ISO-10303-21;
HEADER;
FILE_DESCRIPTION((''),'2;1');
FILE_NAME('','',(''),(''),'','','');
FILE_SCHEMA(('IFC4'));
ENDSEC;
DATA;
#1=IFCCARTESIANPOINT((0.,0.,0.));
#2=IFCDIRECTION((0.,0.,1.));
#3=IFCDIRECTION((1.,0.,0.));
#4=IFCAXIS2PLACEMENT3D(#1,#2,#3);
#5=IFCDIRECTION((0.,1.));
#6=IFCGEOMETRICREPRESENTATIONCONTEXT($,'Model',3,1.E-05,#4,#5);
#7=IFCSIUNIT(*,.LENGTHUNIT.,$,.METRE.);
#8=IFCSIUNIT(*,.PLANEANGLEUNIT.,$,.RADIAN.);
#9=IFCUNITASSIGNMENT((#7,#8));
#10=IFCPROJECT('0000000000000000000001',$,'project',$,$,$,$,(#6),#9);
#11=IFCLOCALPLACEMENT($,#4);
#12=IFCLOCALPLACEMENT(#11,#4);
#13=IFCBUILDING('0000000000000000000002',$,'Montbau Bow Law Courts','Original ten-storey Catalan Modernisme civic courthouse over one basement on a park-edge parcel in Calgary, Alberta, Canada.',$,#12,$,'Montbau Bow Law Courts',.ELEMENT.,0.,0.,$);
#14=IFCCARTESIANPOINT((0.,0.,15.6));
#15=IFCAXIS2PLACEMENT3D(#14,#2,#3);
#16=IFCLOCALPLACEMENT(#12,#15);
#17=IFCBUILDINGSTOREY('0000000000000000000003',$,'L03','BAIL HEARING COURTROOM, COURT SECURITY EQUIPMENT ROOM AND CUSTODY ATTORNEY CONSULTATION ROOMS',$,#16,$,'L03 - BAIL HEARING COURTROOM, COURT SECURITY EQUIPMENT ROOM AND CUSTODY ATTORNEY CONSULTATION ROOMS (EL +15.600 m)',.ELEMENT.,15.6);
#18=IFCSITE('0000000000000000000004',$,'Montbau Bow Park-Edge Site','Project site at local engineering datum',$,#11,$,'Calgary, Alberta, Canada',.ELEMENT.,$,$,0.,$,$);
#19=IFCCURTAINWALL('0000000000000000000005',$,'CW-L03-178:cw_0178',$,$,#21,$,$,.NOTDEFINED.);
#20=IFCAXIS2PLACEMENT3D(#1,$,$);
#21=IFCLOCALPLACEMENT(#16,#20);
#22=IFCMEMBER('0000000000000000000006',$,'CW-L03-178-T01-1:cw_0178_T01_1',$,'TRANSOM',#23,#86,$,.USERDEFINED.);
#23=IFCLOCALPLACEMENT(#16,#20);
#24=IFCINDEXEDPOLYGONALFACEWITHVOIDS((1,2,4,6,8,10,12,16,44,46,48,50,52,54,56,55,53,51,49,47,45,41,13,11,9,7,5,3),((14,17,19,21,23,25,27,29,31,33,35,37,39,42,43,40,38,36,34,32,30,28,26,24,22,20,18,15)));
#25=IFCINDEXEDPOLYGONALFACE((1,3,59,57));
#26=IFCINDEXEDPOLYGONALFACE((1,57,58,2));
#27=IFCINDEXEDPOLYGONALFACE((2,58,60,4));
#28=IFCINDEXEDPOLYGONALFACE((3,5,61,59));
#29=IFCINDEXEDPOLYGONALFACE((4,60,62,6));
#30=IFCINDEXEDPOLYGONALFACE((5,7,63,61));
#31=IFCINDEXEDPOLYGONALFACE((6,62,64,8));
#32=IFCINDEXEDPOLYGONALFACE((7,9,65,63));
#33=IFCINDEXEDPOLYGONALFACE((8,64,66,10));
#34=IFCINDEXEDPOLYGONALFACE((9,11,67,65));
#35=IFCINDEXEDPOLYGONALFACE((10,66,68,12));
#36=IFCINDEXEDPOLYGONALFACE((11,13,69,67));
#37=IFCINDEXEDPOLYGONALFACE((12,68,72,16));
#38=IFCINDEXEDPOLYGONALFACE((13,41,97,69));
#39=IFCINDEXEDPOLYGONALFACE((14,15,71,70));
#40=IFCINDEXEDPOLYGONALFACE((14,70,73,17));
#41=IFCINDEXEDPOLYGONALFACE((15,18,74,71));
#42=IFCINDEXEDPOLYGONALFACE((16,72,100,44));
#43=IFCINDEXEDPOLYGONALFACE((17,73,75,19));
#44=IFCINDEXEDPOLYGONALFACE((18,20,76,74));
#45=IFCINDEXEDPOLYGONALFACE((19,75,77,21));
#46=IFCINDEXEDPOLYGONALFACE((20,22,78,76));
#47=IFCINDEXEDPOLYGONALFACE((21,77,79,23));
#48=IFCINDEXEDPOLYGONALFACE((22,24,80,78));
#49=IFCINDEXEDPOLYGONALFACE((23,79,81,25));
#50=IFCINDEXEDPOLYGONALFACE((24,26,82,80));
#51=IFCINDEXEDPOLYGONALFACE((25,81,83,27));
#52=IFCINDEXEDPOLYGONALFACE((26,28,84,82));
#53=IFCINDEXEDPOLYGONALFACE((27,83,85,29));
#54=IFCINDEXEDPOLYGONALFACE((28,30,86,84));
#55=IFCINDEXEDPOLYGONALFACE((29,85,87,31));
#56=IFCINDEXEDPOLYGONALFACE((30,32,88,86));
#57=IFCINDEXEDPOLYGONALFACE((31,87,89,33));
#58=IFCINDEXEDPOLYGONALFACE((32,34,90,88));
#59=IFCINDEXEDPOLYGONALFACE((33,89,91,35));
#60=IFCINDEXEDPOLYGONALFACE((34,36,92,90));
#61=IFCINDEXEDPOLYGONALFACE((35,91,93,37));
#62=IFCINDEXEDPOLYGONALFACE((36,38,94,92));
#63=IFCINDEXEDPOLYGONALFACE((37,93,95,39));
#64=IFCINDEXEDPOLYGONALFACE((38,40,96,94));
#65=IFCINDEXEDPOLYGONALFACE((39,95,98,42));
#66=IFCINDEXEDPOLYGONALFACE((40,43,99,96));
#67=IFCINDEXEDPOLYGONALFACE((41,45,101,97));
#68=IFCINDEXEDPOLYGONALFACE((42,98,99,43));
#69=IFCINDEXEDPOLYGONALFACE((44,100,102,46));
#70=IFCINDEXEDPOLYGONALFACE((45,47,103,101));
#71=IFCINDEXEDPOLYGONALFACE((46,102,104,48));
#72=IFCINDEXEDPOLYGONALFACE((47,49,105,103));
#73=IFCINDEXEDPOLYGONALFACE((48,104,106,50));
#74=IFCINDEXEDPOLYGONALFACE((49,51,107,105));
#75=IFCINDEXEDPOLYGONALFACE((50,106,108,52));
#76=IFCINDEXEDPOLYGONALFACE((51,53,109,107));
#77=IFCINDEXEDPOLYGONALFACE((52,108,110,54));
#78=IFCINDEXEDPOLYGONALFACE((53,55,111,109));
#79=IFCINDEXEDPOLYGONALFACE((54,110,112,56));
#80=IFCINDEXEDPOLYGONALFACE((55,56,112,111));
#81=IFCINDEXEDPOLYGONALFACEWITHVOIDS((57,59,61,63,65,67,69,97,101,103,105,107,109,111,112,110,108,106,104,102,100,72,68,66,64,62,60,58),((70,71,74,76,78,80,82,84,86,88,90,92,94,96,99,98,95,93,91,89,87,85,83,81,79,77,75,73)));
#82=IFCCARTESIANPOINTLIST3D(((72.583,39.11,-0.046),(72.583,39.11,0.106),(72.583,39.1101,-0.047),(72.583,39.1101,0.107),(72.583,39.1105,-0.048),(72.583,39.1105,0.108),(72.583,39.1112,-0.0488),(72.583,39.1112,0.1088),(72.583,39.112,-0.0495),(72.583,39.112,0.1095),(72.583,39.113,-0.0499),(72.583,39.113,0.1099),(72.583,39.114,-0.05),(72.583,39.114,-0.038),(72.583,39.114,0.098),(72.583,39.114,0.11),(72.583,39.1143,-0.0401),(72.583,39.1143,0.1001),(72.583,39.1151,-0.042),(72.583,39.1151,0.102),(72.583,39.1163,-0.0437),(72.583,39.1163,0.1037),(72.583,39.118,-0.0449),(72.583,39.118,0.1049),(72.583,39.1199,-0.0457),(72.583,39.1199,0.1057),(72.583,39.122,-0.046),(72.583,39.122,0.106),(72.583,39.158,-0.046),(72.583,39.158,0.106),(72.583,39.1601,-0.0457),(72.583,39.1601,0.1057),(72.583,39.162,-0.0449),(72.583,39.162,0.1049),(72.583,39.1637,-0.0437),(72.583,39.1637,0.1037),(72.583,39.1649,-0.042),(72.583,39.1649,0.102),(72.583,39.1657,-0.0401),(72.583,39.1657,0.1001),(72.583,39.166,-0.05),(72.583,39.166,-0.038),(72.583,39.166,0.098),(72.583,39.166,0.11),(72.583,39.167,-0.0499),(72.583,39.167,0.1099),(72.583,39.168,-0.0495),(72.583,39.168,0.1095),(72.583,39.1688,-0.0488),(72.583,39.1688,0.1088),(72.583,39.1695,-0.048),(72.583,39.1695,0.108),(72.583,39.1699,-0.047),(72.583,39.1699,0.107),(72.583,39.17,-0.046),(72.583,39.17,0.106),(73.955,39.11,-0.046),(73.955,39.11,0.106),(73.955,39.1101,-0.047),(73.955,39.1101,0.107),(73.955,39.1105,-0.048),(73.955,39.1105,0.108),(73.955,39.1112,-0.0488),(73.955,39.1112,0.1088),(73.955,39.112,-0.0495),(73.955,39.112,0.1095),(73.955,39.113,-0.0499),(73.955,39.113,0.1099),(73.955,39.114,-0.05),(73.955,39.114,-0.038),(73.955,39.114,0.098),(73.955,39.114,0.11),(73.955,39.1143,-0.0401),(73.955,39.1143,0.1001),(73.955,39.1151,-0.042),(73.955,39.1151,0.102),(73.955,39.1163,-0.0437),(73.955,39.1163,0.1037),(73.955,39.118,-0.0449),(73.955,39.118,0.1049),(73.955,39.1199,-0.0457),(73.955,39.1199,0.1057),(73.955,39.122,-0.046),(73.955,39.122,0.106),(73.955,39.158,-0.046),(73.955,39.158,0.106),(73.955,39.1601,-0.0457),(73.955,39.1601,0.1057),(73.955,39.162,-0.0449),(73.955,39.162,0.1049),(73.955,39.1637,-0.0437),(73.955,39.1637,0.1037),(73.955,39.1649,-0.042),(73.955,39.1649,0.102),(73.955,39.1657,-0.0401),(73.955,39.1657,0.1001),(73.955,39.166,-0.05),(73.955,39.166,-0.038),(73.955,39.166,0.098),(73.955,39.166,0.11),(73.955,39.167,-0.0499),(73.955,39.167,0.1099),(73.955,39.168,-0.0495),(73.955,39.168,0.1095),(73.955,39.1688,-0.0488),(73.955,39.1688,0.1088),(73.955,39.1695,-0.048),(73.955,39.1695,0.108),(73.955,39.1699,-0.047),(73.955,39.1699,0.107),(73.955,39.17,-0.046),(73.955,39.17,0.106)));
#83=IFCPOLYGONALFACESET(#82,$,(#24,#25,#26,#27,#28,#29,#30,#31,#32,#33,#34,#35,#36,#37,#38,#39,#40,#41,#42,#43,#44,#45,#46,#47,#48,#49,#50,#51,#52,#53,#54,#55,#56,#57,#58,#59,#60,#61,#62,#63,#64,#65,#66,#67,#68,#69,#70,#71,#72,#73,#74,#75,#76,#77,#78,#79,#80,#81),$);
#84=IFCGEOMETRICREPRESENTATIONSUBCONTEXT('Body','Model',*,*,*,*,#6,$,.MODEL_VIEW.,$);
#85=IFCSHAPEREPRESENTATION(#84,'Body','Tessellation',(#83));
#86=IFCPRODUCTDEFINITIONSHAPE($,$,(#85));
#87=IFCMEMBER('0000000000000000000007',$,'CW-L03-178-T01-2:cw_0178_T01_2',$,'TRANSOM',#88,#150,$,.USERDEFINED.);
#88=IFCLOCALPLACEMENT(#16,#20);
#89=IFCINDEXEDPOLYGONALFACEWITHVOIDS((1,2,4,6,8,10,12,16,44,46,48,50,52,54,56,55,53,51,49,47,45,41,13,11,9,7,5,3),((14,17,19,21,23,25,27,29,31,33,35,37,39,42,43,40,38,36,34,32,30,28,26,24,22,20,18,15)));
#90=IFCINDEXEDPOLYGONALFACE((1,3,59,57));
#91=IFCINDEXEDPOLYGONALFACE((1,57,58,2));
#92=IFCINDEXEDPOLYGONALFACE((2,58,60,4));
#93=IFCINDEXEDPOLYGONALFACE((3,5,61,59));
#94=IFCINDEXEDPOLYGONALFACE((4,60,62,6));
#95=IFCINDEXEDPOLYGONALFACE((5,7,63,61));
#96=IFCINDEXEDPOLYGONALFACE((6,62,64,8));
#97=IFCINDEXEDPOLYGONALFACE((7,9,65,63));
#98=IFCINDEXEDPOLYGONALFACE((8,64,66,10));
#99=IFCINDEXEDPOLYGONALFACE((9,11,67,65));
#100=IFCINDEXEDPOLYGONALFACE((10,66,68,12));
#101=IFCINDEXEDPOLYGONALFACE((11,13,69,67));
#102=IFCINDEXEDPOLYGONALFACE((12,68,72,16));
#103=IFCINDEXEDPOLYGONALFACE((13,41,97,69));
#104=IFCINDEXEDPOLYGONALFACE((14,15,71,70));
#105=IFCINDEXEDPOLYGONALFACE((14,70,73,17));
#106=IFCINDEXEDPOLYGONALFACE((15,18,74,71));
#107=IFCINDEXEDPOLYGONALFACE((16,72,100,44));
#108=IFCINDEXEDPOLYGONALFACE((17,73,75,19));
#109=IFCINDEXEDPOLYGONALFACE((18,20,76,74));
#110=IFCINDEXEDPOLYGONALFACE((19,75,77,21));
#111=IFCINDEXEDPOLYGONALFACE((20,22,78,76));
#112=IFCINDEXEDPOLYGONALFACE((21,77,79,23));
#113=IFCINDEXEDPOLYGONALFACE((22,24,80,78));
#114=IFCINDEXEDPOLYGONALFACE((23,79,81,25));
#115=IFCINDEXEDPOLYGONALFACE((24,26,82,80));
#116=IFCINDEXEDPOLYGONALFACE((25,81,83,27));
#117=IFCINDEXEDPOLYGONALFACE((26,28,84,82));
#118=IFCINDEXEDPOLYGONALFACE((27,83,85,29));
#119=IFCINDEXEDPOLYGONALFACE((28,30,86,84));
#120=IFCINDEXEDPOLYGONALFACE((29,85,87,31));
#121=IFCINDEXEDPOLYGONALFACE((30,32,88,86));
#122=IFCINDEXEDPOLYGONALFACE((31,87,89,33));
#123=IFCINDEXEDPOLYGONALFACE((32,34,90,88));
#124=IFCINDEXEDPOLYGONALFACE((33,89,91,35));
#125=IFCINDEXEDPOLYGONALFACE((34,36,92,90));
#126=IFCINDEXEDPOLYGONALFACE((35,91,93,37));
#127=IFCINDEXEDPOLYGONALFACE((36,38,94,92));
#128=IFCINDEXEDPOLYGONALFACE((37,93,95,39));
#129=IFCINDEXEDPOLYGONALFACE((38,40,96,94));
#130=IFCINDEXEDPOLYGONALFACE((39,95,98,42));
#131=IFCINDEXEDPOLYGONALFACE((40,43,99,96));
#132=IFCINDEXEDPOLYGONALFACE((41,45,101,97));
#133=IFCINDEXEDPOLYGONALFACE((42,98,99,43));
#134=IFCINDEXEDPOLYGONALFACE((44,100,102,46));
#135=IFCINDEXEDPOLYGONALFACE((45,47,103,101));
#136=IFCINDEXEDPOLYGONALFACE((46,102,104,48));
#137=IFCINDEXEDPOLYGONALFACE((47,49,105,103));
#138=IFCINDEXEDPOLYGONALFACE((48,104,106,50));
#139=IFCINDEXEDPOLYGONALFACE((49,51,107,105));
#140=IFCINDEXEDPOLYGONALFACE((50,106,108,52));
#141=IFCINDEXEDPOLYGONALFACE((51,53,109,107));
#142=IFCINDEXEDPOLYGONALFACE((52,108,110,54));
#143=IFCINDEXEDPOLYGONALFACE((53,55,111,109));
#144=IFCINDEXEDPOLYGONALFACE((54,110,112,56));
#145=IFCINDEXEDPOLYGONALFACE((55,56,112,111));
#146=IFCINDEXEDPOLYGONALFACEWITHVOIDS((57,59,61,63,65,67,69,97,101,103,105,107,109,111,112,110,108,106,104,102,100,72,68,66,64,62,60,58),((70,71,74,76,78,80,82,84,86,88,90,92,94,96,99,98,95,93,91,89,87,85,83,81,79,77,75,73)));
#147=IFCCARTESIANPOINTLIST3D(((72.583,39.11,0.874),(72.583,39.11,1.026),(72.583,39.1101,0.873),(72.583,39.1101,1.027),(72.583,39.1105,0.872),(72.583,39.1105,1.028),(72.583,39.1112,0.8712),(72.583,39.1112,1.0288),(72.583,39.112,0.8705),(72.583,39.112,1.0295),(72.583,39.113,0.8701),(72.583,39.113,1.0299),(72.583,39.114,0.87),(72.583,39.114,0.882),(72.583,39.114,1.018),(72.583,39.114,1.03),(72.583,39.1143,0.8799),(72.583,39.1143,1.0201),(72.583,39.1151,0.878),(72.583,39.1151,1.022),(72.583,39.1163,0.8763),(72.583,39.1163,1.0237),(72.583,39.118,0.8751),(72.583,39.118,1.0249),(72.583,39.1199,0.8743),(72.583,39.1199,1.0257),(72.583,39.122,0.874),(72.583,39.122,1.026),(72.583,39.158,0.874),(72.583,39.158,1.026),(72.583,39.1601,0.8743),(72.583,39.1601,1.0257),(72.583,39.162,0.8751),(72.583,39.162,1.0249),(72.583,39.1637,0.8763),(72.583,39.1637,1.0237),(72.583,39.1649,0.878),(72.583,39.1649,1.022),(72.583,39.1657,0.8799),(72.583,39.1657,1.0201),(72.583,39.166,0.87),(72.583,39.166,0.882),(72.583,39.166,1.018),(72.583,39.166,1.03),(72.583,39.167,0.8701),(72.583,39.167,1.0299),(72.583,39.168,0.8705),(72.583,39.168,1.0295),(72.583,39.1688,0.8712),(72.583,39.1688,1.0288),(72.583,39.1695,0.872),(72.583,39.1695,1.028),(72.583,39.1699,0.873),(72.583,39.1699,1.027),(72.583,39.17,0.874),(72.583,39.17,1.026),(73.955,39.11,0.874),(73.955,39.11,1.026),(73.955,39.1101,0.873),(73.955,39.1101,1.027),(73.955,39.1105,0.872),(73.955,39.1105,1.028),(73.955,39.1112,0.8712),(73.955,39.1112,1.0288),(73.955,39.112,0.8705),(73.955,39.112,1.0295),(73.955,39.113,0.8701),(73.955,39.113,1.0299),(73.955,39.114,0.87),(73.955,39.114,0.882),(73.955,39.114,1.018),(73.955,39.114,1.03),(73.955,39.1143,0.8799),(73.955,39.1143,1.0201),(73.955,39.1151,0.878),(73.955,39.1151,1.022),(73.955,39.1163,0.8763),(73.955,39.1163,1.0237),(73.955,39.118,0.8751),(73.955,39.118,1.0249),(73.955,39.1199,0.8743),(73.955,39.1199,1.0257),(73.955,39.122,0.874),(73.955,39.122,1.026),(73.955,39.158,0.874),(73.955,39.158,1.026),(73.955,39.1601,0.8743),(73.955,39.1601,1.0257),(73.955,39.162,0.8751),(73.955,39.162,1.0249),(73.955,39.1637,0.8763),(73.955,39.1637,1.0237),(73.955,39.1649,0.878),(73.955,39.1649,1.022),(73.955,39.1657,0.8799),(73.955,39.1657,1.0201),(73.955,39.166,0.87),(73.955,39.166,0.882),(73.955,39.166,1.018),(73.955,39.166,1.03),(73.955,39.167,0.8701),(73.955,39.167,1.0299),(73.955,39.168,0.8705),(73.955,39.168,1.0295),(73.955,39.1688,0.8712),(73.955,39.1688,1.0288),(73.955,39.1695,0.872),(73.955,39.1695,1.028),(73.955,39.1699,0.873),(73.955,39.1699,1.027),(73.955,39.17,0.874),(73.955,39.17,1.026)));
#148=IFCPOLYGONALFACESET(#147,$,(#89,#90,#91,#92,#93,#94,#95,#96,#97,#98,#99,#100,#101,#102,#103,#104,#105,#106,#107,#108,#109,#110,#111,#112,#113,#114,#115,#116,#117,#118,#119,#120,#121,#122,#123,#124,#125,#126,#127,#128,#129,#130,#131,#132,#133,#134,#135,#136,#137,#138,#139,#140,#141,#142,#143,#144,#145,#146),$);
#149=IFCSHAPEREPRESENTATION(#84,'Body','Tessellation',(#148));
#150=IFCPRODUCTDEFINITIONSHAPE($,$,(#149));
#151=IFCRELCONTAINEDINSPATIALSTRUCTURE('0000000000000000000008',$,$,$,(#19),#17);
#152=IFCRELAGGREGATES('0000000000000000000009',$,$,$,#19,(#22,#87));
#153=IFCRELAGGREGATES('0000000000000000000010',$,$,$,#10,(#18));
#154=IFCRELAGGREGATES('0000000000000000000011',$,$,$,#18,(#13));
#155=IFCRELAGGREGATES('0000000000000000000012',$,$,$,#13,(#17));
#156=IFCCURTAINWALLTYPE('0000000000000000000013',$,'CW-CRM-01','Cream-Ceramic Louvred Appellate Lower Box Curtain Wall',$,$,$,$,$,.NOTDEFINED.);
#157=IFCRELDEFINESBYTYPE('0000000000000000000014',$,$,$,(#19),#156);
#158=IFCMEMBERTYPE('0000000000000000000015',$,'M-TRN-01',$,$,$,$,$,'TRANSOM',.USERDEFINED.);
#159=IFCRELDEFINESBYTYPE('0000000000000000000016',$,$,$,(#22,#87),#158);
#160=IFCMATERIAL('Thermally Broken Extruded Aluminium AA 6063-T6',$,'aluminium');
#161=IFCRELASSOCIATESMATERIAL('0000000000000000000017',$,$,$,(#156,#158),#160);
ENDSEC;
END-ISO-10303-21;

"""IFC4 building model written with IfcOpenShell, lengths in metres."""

from ifc_helpers import new_model, si_unit, direction, frame, origin_with_axes, origin_2d_with_axis, place, context, subcontext, project, spatial, hollow_rectangle, extrude, material, material_profile, profile_set, type_object, element, aggregate, save


model = new_model("IFC4")

# Units and contexts
model_context = context("Model", 3, precision=1e-05, world=origin_with_axes(), true_north=direction((0.0, 1.0)))
body_context = subcontext(model_context, "Body", "Model", "MODEL_VIEW")
ifc_project = project(units=[si_unit("LENGTHUNIT", "METRE"), si_unit("PLANEANGLEUNIT", "RADIAN")], contexts=[model_context])

# Site, building, storey
site_placement = place(None, origin_with_axes())
site = spatial("IfcSite", under=ifc_project, at=site_placement, Name="Montbau Bow Park-Edge Site", Description="Project site at local engineering datum", LongName="Calgary, Alberta, Canada", CompositionType="ELEMENT", RefElevation=0.0)
building_placement = place(site_placement, origin_with_axes())
building = spatial("IfcBuilding", under=site, at=building_placement, Name="Montbau Bow Law Courts", Description="Original ten-storey Catalan Modernisme civic courthouse over one basement on a park-edge parcel in Calgary, Alberta, Canada.", LongName="Montbau Bow Law Courts", CompositionType="ELEMENT", ElevationOfRefHeight=0.0, ElevationOfTerrain=0.0)
storey_placement = place(building_placement, frame((0.0, 0.0, 15.6), z_axis=(0.0, 0.0, 1.0), x_axis=(1.0, 0.0, 0.0)))
storey = spatial("IfcBuildingStorey", under=building, at=storey_placement, Name="L03", Description="BAIL HEARING COURTROOM, COURT SECURITY EQUIPMENT ROOM AND CUSTODY ATTORNEY CONSULTATION ROOMS", LongName="L03 - BAIL HEARING COURTROOM, COURT SECURITY EQUIPMENT ROOM AND CUSTODY ATTORNEY CONSULTATION ROOMS (EL +15.600 m)", CompositionType="ELEMENT", Elevation=15.6)

# Shared definitions
ifc_material_1 = material(Name="Thermally Broken Extruded Aluminium AA 6063-T6", Category="aluminium")
curtain_wall_type = type_object("IfcCurtainWallType", Name="CW-CRM-01", Description="Cream-Ceramic Louvred Appellate Lower Box Curtain Wall", PredefinedType="NOTDEFINED", material=ifc_material_1)

# Curtain wall, members
curtain_wall_1_placement = place(None, frame((72.515, 39.14, 15.6), z_axis=(0.0, 0.0, 1.0), x_axis=(1.0, 0.0, 0.0)))
curtain_wall_1 = element("IfcCurtainWall", 1, at=curtain_wall_1_placement, inside=storey, type_object=curtain_wall_type, Name="CW-L03-178:cw_0178", PredefinedType="NOTDEFINED")
ifc_material_profile_1 = material_profile(ifc_material_1, hollow_rectangle(XDim=0.06, YDim=0.16, WallThickness=0.004, InnerFilletRadius=0.008, OuterFilletRadius=0.004, at=origin_2d_with_axis()), Name="CWT-160X60", Category="Main", Priority=0)
ifc_profile_set_1 = profile_set([ifc_material_profile_1], Name="Thermally Broken Extruded Aluminium AA 6063-T6")
member_type_1 = type_object("IfcMemberType", Name="M-TRN-01", ElementType="TRANSOM", PredefinedType="USERDEFINED", material=ifc_profile_set_1)
member_1_placement = place(None, frame((72.583, 39.14, 15.63), z_axis=(1.0, 0.0, 0.0), x_axis=(0.0, 1.0, 0.0)))
member_1 = element("IfcMember", 2, at=member_1_placement, type_object=member_type_1, Name="CW-L03-178-T01-1:cw_0178_T01_1", ObjectType="TRANSOM", PredefinedType="USERDEFINED", context=body_context, shape_type="SweptSolid", body=[
    extrude(hollow_rectangle(XDim=0.06, YDim=0.16, WallThickness=0.004, InnerFilletRadius=0.008, OuterFilletRadius=0.004, at=origin_2d_with_axis()), origin_with_axes(), (0.0, 0.0, 1.0), 1.372),
])
member_2_placement = place(None, frame((72.583, 39.14, 16.55), z_axis=(1.0, 0.0, 0.0), x_axis=(0.0, 1.0, 0.0)))
member_2 = element("IfcMember", 3, at=member_2_placement, type_object=member_type_1, Name="CW-L03-178-T01-2:cw_0178_T01_2", ObjectType="TRANSOM", PredefinedType="USERDEFINED", context=body_context, shape_type="SweptSolid", body=[
    extrude(hollow_rectangle(XDim=0.06, YDim=0.16, WallThickness=0.004, InnerFilletRadius=0.008, OuterFilletRadius=0.004, at=origin_2d_with_axis()), origin_with_axes(), (0.0, 0.0, 1.0), 1.372),
])

aggregate(curtain_wall_1, [member_1, member_2])

save(model, "model.ifc")
